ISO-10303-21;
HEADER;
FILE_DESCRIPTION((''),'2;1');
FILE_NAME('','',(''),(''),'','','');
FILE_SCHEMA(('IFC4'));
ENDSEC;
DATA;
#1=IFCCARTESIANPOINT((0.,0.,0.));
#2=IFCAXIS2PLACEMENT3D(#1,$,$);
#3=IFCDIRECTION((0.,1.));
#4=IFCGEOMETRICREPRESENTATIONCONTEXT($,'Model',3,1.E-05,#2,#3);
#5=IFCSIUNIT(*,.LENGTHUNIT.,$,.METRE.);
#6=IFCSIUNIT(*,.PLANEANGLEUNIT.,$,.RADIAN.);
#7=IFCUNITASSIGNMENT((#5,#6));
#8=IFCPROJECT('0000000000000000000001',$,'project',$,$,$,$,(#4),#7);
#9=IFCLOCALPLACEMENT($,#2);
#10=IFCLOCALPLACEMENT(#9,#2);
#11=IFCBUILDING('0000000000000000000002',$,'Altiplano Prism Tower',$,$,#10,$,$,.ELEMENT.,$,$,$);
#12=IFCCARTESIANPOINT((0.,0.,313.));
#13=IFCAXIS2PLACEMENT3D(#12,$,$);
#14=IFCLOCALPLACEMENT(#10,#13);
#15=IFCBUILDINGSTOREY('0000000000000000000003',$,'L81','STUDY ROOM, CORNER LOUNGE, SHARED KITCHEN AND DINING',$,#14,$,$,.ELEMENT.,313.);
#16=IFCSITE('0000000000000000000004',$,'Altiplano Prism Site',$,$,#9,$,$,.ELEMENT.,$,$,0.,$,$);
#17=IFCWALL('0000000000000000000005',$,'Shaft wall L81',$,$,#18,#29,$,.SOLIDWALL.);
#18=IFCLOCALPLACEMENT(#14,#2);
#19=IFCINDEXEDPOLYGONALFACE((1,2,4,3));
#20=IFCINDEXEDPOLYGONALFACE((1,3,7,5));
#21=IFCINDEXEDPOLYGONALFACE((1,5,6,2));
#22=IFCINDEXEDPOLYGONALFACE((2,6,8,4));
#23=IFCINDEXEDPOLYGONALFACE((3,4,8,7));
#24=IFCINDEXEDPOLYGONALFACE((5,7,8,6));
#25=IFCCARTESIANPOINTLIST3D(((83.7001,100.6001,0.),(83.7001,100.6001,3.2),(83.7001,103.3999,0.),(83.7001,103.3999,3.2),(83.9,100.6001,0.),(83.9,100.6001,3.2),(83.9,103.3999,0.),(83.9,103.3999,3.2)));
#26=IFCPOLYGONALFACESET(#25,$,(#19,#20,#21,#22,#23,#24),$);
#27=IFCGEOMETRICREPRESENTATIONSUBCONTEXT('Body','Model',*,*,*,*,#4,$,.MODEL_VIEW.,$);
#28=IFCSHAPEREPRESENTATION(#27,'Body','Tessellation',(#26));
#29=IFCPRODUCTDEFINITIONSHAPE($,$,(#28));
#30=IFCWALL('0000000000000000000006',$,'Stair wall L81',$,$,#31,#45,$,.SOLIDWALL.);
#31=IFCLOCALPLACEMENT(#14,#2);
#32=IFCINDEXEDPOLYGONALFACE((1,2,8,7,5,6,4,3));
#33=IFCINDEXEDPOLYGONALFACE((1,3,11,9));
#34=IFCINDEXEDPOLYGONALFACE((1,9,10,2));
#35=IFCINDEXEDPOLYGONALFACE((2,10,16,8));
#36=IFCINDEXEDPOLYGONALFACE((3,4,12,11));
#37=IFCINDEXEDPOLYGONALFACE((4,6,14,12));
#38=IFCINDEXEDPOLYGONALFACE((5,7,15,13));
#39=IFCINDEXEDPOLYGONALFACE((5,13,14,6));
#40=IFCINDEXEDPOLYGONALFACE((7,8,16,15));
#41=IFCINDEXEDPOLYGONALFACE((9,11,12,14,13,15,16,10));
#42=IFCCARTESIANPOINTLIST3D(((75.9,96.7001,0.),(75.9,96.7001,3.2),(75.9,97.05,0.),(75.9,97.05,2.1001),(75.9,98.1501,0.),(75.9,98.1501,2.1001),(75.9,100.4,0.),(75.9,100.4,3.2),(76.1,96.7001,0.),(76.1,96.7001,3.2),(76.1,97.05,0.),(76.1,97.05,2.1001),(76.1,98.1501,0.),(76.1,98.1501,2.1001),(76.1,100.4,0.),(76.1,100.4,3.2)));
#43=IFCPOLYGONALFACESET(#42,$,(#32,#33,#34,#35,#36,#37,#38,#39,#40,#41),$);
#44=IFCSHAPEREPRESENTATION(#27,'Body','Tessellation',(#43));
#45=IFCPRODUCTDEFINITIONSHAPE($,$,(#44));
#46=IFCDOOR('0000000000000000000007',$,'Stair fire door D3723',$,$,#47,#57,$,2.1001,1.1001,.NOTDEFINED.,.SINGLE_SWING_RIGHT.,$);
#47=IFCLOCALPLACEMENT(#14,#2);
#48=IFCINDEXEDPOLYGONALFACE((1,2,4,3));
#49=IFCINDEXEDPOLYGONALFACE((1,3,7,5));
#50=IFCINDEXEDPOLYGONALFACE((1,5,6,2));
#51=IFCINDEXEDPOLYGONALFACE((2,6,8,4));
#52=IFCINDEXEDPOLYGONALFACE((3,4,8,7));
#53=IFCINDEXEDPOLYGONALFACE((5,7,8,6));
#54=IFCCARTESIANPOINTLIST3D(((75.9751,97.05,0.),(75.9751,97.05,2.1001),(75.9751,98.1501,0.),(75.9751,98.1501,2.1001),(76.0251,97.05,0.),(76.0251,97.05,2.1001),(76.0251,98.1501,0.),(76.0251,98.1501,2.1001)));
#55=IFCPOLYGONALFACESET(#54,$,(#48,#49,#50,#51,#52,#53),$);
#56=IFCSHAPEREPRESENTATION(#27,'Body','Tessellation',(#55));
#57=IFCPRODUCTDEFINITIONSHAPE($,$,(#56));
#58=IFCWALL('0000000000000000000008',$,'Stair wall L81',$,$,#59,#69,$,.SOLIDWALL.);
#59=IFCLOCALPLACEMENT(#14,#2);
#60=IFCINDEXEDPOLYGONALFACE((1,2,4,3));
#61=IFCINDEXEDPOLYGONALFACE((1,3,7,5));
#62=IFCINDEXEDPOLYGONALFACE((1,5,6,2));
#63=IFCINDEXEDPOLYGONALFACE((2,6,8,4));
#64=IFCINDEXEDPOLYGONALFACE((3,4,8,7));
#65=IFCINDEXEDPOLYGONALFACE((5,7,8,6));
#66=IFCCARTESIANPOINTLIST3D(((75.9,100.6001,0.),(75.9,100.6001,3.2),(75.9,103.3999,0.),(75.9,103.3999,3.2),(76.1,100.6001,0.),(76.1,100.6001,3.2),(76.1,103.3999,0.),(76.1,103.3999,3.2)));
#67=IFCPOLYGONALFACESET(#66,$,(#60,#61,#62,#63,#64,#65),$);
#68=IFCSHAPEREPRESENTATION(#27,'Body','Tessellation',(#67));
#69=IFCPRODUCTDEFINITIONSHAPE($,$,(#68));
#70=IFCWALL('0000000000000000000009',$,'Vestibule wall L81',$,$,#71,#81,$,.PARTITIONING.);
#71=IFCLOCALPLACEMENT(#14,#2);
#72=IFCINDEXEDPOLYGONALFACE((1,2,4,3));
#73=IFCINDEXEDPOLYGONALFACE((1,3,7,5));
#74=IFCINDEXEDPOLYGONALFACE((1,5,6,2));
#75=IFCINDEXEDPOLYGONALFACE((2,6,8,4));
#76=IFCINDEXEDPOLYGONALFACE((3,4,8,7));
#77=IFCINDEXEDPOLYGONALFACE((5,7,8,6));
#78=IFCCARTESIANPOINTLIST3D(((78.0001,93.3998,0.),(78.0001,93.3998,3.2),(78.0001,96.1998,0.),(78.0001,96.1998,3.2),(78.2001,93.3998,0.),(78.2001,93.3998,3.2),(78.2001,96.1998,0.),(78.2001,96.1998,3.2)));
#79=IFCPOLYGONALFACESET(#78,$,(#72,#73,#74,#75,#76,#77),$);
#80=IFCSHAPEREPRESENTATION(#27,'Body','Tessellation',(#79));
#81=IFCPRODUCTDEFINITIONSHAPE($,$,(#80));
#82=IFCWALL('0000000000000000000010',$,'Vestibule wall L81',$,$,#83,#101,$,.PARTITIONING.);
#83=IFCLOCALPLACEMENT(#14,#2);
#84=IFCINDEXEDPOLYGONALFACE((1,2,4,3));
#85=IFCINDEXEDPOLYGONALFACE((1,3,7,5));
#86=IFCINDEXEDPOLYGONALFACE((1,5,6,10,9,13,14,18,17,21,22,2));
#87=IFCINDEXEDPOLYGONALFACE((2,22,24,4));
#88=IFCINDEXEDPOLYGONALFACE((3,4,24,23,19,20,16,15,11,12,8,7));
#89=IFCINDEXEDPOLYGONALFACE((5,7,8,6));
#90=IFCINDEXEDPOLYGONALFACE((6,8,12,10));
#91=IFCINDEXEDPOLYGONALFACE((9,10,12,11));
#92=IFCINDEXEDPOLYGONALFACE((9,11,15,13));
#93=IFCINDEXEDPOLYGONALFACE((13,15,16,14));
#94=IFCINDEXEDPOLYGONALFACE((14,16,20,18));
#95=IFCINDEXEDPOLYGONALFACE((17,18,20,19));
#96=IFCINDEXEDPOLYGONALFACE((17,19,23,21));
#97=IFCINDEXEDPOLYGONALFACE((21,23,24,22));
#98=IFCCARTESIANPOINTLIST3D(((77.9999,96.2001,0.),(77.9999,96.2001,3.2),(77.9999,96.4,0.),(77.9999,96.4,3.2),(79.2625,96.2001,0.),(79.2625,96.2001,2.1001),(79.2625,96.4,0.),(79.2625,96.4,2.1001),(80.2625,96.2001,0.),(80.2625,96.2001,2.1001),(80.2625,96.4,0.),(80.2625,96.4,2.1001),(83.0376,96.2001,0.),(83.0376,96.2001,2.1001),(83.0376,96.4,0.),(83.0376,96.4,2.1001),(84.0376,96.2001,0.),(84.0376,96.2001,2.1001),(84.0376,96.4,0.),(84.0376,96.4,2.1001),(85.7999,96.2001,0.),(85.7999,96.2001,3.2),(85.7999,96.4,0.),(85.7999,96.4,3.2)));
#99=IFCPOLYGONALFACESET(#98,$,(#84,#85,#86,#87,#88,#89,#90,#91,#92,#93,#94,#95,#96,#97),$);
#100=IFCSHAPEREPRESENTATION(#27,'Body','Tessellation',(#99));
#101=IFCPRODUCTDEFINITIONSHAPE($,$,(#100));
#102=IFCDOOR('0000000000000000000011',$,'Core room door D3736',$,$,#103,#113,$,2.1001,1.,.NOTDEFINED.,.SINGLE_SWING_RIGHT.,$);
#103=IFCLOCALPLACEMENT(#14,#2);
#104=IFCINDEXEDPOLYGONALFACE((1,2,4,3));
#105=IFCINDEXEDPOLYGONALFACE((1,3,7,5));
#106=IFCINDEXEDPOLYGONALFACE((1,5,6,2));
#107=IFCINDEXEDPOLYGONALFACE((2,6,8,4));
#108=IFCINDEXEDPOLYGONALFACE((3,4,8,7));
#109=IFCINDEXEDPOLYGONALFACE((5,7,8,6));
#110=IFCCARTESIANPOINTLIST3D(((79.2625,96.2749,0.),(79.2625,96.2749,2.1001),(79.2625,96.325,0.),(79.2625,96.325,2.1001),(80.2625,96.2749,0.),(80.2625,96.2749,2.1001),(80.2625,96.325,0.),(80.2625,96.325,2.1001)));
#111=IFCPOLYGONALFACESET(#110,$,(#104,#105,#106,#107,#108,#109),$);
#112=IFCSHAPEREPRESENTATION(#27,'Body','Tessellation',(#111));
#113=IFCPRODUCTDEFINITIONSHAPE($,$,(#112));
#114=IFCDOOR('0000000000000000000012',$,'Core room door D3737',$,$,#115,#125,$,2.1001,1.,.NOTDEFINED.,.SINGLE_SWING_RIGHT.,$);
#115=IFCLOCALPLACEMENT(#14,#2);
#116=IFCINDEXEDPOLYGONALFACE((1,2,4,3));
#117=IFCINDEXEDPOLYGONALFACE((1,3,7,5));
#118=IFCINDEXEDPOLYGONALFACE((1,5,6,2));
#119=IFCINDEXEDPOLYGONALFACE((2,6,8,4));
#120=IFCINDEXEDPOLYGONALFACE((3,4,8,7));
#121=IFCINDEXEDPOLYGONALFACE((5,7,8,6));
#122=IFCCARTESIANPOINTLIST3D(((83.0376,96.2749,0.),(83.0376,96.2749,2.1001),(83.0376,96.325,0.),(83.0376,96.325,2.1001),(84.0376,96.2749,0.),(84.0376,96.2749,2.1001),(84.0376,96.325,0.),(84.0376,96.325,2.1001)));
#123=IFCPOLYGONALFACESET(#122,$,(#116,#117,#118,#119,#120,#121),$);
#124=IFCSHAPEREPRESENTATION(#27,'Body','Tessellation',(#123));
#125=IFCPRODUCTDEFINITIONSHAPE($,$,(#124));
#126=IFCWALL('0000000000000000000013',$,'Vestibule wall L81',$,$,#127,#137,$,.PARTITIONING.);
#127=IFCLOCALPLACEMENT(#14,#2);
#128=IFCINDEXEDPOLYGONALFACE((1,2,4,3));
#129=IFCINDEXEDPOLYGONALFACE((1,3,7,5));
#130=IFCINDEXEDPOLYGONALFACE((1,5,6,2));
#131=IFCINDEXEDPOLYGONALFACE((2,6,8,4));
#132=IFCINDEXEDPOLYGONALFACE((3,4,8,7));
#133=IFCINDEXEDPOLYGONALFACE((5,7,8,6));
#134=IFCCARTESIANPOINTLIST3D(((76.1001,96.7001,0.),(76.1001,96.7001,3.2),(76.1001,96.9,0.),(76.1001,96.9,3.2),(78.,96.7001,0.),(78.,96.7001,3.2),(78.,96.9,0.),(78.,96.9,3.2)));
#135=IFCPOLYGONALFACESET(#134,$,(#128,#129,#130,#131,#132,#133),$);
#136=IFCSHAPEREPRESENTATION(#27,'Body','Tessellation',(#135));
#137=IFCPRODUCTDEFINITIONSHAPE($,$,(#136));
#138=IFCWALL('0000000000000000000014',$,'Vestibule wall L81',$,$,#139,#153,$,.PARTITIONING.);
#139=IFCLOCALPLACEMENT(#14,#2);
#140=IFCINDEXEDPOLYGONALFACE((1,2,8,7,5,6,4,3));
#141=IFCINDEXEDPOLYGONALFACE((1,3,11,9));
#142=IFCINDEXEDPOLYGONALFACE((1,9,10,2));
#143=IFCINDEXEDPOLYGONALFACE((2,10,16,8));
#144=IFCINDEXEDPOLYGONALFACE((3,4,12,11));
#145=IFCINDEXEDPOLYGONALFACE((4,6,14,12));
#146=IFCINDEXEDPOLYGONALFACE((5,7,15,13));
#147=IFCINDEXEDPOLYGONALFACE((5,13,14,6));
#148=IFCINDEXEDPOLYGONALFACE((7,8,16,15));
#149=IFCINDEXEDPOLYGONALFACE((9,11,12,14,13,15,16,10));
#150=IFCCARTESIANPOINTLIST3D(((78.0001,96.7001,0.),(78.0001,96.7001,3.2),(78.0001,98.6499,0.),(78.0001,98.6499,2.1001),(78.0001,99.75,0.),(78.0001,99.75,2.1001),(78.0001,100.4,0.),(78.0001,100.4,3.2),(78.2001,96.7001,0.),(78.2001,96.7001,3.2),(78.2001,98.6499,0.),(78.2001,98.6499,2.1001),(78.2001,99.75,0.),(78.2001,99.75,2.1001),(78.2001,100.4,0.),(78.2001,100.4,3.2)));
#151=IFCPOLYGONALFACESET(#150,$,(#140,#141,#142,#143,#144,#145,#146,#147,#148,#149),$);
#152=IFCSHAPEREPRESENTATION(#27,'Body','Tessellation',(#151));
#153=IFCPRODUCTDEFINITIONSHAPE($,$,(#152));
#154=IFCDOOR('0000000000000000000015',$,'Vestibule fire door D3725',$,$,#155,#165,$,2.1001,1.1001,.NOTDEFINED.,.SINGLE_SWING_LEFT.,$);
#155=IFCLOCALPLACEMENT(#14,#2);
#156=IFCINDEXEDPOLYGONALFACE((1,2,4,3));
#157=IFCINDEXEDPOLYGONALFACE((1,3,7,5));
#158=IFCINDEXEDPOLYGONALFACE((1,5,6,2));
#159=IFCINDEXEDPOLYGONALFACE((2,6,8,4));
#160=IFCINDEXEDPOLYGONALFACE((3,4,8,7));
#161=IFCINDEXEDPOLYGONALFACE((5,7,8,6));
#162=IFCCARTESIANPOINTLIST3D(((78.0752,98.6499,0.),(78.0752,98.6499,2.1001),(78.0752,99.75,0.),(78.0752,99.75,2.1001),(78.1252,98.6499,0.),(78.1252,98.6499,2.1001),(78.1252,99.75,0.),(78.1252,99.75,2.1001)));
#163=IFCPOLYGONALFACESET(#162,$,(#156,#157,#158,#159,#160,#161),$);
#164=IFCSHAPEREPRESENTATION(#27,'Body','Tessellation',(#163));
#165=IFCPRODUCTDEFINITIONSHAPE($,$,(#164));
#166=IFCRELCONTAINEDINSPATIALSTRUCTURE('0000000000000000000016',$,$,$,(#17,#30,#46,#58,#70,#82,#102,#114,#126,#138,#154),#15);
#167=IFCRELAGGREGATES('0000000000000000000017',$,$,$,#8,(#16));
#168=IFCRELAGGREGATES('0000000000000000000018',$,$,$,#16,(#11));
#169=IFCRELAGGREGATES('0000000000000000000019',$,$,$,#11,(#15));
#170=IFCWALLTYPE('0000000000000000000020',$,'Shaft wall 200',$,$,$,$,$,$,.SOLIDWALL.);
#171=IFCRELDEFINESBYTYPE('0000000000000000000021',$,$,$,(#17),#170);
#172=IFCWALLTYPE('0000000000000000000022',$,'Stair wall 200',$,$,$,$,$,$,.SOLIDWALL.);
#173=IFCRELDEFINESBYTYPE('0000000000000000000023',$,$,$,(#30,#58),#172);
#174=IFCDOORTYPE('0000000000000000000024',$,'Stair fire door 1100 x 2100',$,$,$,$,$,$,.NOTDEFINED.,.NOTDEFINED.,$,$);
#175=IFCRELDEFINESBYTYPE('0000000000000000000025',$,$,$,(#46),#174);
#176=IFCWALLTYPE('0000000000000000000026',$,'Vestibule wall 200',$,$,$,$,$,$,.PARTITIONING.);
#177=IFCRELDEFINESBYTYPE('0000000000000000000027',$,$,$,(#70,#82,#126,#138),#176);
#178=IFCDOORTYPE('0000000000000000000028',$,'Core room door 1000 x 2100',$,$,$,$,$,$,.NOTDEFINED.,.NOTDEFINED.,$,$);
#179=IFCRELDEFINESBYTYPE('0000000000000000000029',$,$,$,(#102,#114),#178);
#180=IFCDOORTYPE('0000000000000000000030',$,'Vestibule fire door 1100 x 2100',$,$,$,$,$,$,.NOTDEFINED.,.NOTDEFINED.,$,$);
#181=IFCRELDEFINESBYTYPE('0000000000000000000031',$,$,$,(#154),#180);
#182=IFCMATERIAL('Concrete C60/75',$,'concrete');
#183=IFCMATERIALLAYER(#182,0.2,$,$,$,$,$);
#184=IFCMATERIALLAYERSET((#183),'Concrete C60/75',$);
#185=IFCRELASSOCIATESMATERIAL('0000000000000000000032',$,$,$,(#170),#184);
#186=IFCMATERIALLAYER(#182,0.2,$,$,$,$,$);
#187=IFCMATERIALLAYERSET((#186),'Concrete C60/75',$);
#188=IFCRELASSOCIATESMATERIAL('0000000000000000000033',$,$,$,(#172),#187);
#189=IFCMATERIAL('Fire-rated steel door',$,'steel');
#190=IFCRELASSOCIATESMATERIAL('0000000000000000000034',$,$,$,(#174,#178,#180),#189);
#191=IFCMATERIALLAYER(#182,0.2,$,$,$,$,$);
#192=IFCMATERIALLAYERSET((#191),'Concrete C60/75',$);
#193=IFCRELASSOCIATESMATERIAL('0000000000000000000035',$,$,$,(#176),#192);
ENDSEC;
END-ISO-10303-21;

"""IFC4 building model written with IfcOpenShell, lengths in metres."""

from ifc_helpers import new_model, si_unit, direction, frame, frame_2d, origin, place, context, subcontext, project, spatial, rectangle, extrude, material, layer, layer_set, type_object, element, fill, save


model = new_model("IFC4")

# Units and contexts
model_context = context("Model", 3, precision=1e-05, world=origin(), true_north=direction((0.0, 1.0)))
body_context = subcontext(model_context, "Body", "Model", "MODEL_VIEW")
ifc_project = project(units=[si_unit("LENGTHUNIT", "METRE"), si_unit("PLANEANGLEUNIT", "RADIAN")], contexts=[model_context])

# Site, building, storey
site_placement = place(None, origin())
site = spatial("IfcSite", under=ifc_project, at=site_placement, Name="Altiplano Prism Site", CompositionType="ELEMENT", RefElevation=0.0)
building_placement = place(site_placement, origin())
building = spatial("IfcBuilding", under=site, at=building_placement, Name="Altiplano Prism Tower", CompositionType="ELEMENT")
storey_placement = place(building_placement, frame((0.0, 0.0, 313.0)))
storey = spatial("IfcBuildingStorey", under=building, at=storey_placement, Name="L81", Description="STUDY ROOM, CORNER LOUNGE, SHARED KITCHEN AND DINING", CompositionType="ELEMENT", Elevation=313.0)

# Wall
ifc_material_1 = material(Name="Concrete C60/75", Category="concrete")
ifc_layer_1 = layer(ifc_material_1, 0.2)
ifc_layer_set_1 = layer_set([ifc_layer_1], Name="Concrete C60/75")
wall_type_1 = type_object("IfcWallType", Name="Shaft wall 200", PredefinedType="SOLIDWALL", material=ifc_layer_set_1)
for number, where, z_axis, x_axis, name in (
    (1, (83.8, 100.6001, 0.0), (0.0, 0.0, 1.0), (0.0, 1.0, 0.0), "Shaft wall L81"),
):
    element("IfcWall", number, at=place(storey_placement, frame(where, z_axis=z_axis, x_axis=x_axis)), inside=storey, type_object=wall_type_1, Name=name, PredefinedType="SOLIDWALL", context=body_context, shape_type="SweptSolid", body=[
        extrude(rectangle(XDim=2.7998, YDim=0.2, at=frame_2d((1.3999, 0.0))), origin(), (0.0, 0.0, 1.0), 3.2),
    ])

# Wall, opening, door
ifc_layer_2 = layer(ifc_material_1, 0.2)
ifc_layer_set_2 = layer_set([ifc_layer_2], Name="Concrete C60/75")
wall_type_2 = type_object("IfcWallType", Name="Stair wall 200", PredefinedType="SOLIDWALL", material=ifc_layer_set_2)
wall_1_placement = place(storey_placement, frame((76.0, 96.7, 0.0), z_axis=(0.0, 0.0, 1.0), x_axis=(0.0, 1.0, 0.0)))
wall_1 = element("IfcWall", 2, at=wall_1_placement, inside=storey, type_object=wall_type_2, Name="Stair wall L81", PredefinedType="SOLIDWALL", context=body_context, shape_type="SweptSolid", body=[
    extrude(rectangle(XDim=3.7, YDim=0.2, at=frame_2d((1.8501, 0.0))), origin(), (0.0, 0.0, 1.0), 3.2),
])
opening_1_placement = place(wall_1_placement, frame((0.3501, 0.0, 0.0)))
opening_1 = element("IfcOpeningElement", 3, at=opening_1_placement, cuts=wall_1, PredefinedType="OPENING", context=body_context, shape_type="SweptSolid", body=[
    extrude(rectangle(XDim=1.1001, YDim=2.1001, at=frame_2d((0.55, 1.05))), frame((0.0, 0.1104, 0.0), z_axis=(0.0, -1.0, 0.0), x_axis=(1.0, 0.0, 0.0)), (0.0, 0.0, 1.0), 0.2209),
])
ifc_material_2 = material(Name="Fire-rated steel door", Category="steel")
door_type_1 = type_object("IfcDoorType", Name="Stair fire door 1100 x 2100", OperationType="NOTDEFINED", PredefinedType="NOTDEFINED", material=ifc_material_2)
door_1_placement = place(opening_1_placement, origin())
door_1 = element("IfcDoor", 4, at=door_1_placement, inside=storey, type_object=door_type_1, Name="Stair fire door D3723", OperationType="SINGLE_SWING_RIGHT", OverallHeight=2.1001, OverallWidth=1.1001, PredefinedType="NOTDEFINED", context=body_context, shape_type="SweptSolid", body=[
    extrude(rectangle(XDim=1.1001, YDim=2.1001, at=frame_2d((0.55, 1.05))), frame((0.0, 0.0249, 0.0), z_axis=(0.0, -1.0, 0.0), x_axis=(1.0, 0.0, 0.0)), (0.0, 0.0, 1.0), 0.05),
])
fill(opening_1, door_1)

# Walls
wall_2_placement = place(storey_placement, frame((76.0, 100.6001, 0.0), z_axis=(0.0, 0.0, 1.0), x_axis=(0.0, 1.0, 0.0)))
element("IfcWall", 5, at=wall_2_placement, inside=storey, type_object=wall_type_2, Name="Stair wall L81", PredefinedType="SOLIDWALL", context=body_context, shape_type="SweptSolid", body=[
    extrude(rectangle(XDim=2.7998, YDim=0.2, at=frame_2d((1.3999, 0.0))), origin(), (0.0, 0.0, 1.0), 3.2),
])
ifc_layer_3 = layer(ifc_material_1, 0.2)
ifc_layer_set_3 = layer_set([ifc_layer_3], Name="Concrete C60/75")
wall_type_3 = type_object("IfcWallType", Name="Vestibule wall 200", PredefinedType="PARTITIONING", material=ifc_layer_set_3)
wall_3_placement = place(storey_placement, frame((78.1001, 93.3999, 0.0), z_axis=(0.0, 0.0, 1.0), x_axis=(0.0, 1.0, 0.0)))
element("IfcWall", 6, at=wall_3_placement, inside=storey, type_object=wall_type_3, Name="Vestibule wall L81", PredefinedType="PARTITIONING", context=body_context, shape_type="SweptSolid", body=[
    extrude(rectangle(XDim=2.8, YDim=0.2, at=frame_2d((1.3999, 0.0))), origin(), (0.0, 0.0, 1.0), 3.2),
])

# Wall, openings, doors
wall_4_placement = place(storey_placement, frame((78.0, 96.3, 0.0), z_axis=(0.0, 0.0, 1.0), x_axis=(1.0, 0.0, 0.0)))
wall_4 = element("IfcWall", 7, at=wall_4_placement, inside=storey, type_object=wall_type_3, Name="Vestibule wall L81", PredefinedType="PARTITIONING", context=body_context, shape_type="SweptSolid", body=[
    extrude(rectangle(XDim=7.8, YDim=0.2, at=frame_2d((3.8999, 0.0))), origin(), (0.0, 0.0, 1.0), 3.2),
])
opening_2_placement = place(wall_4_placement, frame((1.2625, 0.0, 0.0)))
opening_2 = element("IfcOpeningElement", 8, at=opening_2_placement, cuts=wall_4, PredefinedType="OPENING", context=body_context, shape_type="SweptSolid", body=[
    extrude(rectangle(XDim=1.0, YDim=2.1001, at=frame_2d((0.5, 1.05))), frame((0.0, 0.1104, 0.0), z_axis=(0.0, -1.0, 0.0), x_axis=(1.0, 0.0, 0.0)), (0.0, 0.0, 1.0), 0.2209),
])
opening_3_placement = place(wall_4_placement, frame((5.0376, 0.0, 0.0)))
opening_3 = element("IfcOpeningElement", 9, at=opening_3_placement, cuts=wall_4, PredefinedType="OPENING", context=body_context, shape_type="SweptSolid", body=[
    extrude(rectangle(XDim=1.0, YDim=2.1001, at=frame_2d((0.5, 1.05))), frame((0.0, 0.1104, 0.0), z_axis=(0.0, -1.0, 0.0), x_axis=(1.0, 0.0, 0.0)), (0.0, 0.0, 1.0), 0.2209),
])
door_type_2 = type_object("IfcDoorType", Name="Core room door 1000 x 2100", OperationType="NOTDEFINED", PredefinedType="NOTDEFINED", material=ifc_material_2)
door_2_placement = place(opening_2_placement, origin())
door_2 = element("IfcDoor", 10, at=door_2_placement, inside=storey, type_object=door_type_2, Name="Core room door D3736", OperationType="SINGLE_SWING_RIGHT", OverallHeight=2.1001, OverallWidth=1.0, PredefinedType="NOTDEFINED", context=body_context, shape_type="SweptSolid", body=[
    extrude(rectangle(XDim=1.0, YDim=2.1001, at=frame_2d((0.5, 1.05))), frame((0.0, 0.0249, 0.0), z_axis=(0.0, -1.0, 0.0), x_axis=(1.0, 0.0, 0.0)), (0.0, 0.0, 1.0), 0.05),
])
fill(opening_2, door_2)
door_3_placement = place(opening_3_placement, origin())
door_3 = element("IfcDoor", 11, at=door_3_placement, inside=storey, type_object=door_type_2, Name="Core room door D3737", OperationType="SINGLE_SWING_RIGHT", OverallHeight=2.1001, OverallWidth=1.0, PredefinedType="NOTDEFINED", context=body_context, shape_type="SweptSolid", body=[
    extrude(rectangle(XDim=1.0, YDim=2.1001, at=frame_2d((0.5, 1.05))), frame((0.0, 0.0249, 0.0), z_axis=(0.0, -1.0, 0.0), x_axis=(1.0, 0.0, 0.0)), (0.0, 0.0, 1.0), 0.05),
])
fill(opening_3, door_3)

# Wall
wall_5_placement = place(storey_placement, frame((76.1001, 96.8, 0.0), z_axis=(0.0, 0.0, 1.0), x_axis=(1.0, 0.0, 0.0)))
element("IfcWall", 12, at=wall_5_placement, inside=storey, type_object=wall_type_3, Name="Vestibule wall L81", PredefinedType="PARTITIONING", context=body_context, shape_type="SweptSolid", body=[
    extrude(rectangle(XDim=1.8999, YDim=0.2, at=frame_2d((0.95, 0.0))), origin(), (0.0, 0.0, 1.0), 3.2),
])

# Wall, opening, door
wall_6_placement = place(storey_placement, frame((78.1001, 96.7, 0.0), z_axis=(0.0, 0.0, 1.0), x_axis=(0.0, 1.0, 0.0)))
wall_6 = element("IfcWall", 13, at=wall_6_placement, inside=storey, type_object=wall_type_3, Name="Vestibule wall L81", PredefinedType="PARTITIONING", context=body_context, shape_type="SweptSolid", body=[
    extrude(rectangle(XDim=3.7, YDim=0.2, at=frame_2d((1.8501, 0.0))), origin(), (0.0, 0.0, 1.0), 3.2),
])
opening_4_placement = place(wall_6_placement, frame((1.95, 0.0, 0.0)))
opening_4 = element("IfcOpeningElement", 14, at=opening_4_placement, cuts=wall_6, PredefinedType="OPENING", context=body_context, shape_type="SweptSolid", body=[
    extrude(rectangle(XDim=1.1001, YDim=2.1001, at=frame_2d((0.55, 1.05))), frame((0.0, 0.1104, 0.0), z_axis=(0.0, -1.0, 0.0), x_axis=(1.0, 0.0, 0.0)), (0.0, 0.0, 1.0), 0.2209),
])
door_type_3 = type_object("IfcDoorType", Name="Vestibule fire door 1100 x 2100", OperationType="NOTDEFINED", PredefinedType="NOTDEFINED", material=ifc_material_2)
door_4_placement = place(opening_4_placement, origin())
door_4 = element("IfcDoor", 15, at=door_4_placement, inside=storey, type_object=door_type_3, Name="Vestibule fire door D3725", OperationType="SINGLE_SWING_LEFT", OverallHeight=2.1001, OverallWidth=1.1001, PredefinedType="NOTDEFINED", context=body_context, shape_type="SweptSolid", body=[
    extrude(rectangle(XDim=1.1001, YDim=2.1001, at=frame_2d((0.55, 1.05))), frame((0.0, 0.0249, 0.0), z_axis=(0.0, -1.0, 0.0), x_axis=(1.0, 0.0, 0.0)), (0.0, 0.0, 1.0), 0.05),
])
fill(opening_4, door_4)

save(model, "model.ifc")
